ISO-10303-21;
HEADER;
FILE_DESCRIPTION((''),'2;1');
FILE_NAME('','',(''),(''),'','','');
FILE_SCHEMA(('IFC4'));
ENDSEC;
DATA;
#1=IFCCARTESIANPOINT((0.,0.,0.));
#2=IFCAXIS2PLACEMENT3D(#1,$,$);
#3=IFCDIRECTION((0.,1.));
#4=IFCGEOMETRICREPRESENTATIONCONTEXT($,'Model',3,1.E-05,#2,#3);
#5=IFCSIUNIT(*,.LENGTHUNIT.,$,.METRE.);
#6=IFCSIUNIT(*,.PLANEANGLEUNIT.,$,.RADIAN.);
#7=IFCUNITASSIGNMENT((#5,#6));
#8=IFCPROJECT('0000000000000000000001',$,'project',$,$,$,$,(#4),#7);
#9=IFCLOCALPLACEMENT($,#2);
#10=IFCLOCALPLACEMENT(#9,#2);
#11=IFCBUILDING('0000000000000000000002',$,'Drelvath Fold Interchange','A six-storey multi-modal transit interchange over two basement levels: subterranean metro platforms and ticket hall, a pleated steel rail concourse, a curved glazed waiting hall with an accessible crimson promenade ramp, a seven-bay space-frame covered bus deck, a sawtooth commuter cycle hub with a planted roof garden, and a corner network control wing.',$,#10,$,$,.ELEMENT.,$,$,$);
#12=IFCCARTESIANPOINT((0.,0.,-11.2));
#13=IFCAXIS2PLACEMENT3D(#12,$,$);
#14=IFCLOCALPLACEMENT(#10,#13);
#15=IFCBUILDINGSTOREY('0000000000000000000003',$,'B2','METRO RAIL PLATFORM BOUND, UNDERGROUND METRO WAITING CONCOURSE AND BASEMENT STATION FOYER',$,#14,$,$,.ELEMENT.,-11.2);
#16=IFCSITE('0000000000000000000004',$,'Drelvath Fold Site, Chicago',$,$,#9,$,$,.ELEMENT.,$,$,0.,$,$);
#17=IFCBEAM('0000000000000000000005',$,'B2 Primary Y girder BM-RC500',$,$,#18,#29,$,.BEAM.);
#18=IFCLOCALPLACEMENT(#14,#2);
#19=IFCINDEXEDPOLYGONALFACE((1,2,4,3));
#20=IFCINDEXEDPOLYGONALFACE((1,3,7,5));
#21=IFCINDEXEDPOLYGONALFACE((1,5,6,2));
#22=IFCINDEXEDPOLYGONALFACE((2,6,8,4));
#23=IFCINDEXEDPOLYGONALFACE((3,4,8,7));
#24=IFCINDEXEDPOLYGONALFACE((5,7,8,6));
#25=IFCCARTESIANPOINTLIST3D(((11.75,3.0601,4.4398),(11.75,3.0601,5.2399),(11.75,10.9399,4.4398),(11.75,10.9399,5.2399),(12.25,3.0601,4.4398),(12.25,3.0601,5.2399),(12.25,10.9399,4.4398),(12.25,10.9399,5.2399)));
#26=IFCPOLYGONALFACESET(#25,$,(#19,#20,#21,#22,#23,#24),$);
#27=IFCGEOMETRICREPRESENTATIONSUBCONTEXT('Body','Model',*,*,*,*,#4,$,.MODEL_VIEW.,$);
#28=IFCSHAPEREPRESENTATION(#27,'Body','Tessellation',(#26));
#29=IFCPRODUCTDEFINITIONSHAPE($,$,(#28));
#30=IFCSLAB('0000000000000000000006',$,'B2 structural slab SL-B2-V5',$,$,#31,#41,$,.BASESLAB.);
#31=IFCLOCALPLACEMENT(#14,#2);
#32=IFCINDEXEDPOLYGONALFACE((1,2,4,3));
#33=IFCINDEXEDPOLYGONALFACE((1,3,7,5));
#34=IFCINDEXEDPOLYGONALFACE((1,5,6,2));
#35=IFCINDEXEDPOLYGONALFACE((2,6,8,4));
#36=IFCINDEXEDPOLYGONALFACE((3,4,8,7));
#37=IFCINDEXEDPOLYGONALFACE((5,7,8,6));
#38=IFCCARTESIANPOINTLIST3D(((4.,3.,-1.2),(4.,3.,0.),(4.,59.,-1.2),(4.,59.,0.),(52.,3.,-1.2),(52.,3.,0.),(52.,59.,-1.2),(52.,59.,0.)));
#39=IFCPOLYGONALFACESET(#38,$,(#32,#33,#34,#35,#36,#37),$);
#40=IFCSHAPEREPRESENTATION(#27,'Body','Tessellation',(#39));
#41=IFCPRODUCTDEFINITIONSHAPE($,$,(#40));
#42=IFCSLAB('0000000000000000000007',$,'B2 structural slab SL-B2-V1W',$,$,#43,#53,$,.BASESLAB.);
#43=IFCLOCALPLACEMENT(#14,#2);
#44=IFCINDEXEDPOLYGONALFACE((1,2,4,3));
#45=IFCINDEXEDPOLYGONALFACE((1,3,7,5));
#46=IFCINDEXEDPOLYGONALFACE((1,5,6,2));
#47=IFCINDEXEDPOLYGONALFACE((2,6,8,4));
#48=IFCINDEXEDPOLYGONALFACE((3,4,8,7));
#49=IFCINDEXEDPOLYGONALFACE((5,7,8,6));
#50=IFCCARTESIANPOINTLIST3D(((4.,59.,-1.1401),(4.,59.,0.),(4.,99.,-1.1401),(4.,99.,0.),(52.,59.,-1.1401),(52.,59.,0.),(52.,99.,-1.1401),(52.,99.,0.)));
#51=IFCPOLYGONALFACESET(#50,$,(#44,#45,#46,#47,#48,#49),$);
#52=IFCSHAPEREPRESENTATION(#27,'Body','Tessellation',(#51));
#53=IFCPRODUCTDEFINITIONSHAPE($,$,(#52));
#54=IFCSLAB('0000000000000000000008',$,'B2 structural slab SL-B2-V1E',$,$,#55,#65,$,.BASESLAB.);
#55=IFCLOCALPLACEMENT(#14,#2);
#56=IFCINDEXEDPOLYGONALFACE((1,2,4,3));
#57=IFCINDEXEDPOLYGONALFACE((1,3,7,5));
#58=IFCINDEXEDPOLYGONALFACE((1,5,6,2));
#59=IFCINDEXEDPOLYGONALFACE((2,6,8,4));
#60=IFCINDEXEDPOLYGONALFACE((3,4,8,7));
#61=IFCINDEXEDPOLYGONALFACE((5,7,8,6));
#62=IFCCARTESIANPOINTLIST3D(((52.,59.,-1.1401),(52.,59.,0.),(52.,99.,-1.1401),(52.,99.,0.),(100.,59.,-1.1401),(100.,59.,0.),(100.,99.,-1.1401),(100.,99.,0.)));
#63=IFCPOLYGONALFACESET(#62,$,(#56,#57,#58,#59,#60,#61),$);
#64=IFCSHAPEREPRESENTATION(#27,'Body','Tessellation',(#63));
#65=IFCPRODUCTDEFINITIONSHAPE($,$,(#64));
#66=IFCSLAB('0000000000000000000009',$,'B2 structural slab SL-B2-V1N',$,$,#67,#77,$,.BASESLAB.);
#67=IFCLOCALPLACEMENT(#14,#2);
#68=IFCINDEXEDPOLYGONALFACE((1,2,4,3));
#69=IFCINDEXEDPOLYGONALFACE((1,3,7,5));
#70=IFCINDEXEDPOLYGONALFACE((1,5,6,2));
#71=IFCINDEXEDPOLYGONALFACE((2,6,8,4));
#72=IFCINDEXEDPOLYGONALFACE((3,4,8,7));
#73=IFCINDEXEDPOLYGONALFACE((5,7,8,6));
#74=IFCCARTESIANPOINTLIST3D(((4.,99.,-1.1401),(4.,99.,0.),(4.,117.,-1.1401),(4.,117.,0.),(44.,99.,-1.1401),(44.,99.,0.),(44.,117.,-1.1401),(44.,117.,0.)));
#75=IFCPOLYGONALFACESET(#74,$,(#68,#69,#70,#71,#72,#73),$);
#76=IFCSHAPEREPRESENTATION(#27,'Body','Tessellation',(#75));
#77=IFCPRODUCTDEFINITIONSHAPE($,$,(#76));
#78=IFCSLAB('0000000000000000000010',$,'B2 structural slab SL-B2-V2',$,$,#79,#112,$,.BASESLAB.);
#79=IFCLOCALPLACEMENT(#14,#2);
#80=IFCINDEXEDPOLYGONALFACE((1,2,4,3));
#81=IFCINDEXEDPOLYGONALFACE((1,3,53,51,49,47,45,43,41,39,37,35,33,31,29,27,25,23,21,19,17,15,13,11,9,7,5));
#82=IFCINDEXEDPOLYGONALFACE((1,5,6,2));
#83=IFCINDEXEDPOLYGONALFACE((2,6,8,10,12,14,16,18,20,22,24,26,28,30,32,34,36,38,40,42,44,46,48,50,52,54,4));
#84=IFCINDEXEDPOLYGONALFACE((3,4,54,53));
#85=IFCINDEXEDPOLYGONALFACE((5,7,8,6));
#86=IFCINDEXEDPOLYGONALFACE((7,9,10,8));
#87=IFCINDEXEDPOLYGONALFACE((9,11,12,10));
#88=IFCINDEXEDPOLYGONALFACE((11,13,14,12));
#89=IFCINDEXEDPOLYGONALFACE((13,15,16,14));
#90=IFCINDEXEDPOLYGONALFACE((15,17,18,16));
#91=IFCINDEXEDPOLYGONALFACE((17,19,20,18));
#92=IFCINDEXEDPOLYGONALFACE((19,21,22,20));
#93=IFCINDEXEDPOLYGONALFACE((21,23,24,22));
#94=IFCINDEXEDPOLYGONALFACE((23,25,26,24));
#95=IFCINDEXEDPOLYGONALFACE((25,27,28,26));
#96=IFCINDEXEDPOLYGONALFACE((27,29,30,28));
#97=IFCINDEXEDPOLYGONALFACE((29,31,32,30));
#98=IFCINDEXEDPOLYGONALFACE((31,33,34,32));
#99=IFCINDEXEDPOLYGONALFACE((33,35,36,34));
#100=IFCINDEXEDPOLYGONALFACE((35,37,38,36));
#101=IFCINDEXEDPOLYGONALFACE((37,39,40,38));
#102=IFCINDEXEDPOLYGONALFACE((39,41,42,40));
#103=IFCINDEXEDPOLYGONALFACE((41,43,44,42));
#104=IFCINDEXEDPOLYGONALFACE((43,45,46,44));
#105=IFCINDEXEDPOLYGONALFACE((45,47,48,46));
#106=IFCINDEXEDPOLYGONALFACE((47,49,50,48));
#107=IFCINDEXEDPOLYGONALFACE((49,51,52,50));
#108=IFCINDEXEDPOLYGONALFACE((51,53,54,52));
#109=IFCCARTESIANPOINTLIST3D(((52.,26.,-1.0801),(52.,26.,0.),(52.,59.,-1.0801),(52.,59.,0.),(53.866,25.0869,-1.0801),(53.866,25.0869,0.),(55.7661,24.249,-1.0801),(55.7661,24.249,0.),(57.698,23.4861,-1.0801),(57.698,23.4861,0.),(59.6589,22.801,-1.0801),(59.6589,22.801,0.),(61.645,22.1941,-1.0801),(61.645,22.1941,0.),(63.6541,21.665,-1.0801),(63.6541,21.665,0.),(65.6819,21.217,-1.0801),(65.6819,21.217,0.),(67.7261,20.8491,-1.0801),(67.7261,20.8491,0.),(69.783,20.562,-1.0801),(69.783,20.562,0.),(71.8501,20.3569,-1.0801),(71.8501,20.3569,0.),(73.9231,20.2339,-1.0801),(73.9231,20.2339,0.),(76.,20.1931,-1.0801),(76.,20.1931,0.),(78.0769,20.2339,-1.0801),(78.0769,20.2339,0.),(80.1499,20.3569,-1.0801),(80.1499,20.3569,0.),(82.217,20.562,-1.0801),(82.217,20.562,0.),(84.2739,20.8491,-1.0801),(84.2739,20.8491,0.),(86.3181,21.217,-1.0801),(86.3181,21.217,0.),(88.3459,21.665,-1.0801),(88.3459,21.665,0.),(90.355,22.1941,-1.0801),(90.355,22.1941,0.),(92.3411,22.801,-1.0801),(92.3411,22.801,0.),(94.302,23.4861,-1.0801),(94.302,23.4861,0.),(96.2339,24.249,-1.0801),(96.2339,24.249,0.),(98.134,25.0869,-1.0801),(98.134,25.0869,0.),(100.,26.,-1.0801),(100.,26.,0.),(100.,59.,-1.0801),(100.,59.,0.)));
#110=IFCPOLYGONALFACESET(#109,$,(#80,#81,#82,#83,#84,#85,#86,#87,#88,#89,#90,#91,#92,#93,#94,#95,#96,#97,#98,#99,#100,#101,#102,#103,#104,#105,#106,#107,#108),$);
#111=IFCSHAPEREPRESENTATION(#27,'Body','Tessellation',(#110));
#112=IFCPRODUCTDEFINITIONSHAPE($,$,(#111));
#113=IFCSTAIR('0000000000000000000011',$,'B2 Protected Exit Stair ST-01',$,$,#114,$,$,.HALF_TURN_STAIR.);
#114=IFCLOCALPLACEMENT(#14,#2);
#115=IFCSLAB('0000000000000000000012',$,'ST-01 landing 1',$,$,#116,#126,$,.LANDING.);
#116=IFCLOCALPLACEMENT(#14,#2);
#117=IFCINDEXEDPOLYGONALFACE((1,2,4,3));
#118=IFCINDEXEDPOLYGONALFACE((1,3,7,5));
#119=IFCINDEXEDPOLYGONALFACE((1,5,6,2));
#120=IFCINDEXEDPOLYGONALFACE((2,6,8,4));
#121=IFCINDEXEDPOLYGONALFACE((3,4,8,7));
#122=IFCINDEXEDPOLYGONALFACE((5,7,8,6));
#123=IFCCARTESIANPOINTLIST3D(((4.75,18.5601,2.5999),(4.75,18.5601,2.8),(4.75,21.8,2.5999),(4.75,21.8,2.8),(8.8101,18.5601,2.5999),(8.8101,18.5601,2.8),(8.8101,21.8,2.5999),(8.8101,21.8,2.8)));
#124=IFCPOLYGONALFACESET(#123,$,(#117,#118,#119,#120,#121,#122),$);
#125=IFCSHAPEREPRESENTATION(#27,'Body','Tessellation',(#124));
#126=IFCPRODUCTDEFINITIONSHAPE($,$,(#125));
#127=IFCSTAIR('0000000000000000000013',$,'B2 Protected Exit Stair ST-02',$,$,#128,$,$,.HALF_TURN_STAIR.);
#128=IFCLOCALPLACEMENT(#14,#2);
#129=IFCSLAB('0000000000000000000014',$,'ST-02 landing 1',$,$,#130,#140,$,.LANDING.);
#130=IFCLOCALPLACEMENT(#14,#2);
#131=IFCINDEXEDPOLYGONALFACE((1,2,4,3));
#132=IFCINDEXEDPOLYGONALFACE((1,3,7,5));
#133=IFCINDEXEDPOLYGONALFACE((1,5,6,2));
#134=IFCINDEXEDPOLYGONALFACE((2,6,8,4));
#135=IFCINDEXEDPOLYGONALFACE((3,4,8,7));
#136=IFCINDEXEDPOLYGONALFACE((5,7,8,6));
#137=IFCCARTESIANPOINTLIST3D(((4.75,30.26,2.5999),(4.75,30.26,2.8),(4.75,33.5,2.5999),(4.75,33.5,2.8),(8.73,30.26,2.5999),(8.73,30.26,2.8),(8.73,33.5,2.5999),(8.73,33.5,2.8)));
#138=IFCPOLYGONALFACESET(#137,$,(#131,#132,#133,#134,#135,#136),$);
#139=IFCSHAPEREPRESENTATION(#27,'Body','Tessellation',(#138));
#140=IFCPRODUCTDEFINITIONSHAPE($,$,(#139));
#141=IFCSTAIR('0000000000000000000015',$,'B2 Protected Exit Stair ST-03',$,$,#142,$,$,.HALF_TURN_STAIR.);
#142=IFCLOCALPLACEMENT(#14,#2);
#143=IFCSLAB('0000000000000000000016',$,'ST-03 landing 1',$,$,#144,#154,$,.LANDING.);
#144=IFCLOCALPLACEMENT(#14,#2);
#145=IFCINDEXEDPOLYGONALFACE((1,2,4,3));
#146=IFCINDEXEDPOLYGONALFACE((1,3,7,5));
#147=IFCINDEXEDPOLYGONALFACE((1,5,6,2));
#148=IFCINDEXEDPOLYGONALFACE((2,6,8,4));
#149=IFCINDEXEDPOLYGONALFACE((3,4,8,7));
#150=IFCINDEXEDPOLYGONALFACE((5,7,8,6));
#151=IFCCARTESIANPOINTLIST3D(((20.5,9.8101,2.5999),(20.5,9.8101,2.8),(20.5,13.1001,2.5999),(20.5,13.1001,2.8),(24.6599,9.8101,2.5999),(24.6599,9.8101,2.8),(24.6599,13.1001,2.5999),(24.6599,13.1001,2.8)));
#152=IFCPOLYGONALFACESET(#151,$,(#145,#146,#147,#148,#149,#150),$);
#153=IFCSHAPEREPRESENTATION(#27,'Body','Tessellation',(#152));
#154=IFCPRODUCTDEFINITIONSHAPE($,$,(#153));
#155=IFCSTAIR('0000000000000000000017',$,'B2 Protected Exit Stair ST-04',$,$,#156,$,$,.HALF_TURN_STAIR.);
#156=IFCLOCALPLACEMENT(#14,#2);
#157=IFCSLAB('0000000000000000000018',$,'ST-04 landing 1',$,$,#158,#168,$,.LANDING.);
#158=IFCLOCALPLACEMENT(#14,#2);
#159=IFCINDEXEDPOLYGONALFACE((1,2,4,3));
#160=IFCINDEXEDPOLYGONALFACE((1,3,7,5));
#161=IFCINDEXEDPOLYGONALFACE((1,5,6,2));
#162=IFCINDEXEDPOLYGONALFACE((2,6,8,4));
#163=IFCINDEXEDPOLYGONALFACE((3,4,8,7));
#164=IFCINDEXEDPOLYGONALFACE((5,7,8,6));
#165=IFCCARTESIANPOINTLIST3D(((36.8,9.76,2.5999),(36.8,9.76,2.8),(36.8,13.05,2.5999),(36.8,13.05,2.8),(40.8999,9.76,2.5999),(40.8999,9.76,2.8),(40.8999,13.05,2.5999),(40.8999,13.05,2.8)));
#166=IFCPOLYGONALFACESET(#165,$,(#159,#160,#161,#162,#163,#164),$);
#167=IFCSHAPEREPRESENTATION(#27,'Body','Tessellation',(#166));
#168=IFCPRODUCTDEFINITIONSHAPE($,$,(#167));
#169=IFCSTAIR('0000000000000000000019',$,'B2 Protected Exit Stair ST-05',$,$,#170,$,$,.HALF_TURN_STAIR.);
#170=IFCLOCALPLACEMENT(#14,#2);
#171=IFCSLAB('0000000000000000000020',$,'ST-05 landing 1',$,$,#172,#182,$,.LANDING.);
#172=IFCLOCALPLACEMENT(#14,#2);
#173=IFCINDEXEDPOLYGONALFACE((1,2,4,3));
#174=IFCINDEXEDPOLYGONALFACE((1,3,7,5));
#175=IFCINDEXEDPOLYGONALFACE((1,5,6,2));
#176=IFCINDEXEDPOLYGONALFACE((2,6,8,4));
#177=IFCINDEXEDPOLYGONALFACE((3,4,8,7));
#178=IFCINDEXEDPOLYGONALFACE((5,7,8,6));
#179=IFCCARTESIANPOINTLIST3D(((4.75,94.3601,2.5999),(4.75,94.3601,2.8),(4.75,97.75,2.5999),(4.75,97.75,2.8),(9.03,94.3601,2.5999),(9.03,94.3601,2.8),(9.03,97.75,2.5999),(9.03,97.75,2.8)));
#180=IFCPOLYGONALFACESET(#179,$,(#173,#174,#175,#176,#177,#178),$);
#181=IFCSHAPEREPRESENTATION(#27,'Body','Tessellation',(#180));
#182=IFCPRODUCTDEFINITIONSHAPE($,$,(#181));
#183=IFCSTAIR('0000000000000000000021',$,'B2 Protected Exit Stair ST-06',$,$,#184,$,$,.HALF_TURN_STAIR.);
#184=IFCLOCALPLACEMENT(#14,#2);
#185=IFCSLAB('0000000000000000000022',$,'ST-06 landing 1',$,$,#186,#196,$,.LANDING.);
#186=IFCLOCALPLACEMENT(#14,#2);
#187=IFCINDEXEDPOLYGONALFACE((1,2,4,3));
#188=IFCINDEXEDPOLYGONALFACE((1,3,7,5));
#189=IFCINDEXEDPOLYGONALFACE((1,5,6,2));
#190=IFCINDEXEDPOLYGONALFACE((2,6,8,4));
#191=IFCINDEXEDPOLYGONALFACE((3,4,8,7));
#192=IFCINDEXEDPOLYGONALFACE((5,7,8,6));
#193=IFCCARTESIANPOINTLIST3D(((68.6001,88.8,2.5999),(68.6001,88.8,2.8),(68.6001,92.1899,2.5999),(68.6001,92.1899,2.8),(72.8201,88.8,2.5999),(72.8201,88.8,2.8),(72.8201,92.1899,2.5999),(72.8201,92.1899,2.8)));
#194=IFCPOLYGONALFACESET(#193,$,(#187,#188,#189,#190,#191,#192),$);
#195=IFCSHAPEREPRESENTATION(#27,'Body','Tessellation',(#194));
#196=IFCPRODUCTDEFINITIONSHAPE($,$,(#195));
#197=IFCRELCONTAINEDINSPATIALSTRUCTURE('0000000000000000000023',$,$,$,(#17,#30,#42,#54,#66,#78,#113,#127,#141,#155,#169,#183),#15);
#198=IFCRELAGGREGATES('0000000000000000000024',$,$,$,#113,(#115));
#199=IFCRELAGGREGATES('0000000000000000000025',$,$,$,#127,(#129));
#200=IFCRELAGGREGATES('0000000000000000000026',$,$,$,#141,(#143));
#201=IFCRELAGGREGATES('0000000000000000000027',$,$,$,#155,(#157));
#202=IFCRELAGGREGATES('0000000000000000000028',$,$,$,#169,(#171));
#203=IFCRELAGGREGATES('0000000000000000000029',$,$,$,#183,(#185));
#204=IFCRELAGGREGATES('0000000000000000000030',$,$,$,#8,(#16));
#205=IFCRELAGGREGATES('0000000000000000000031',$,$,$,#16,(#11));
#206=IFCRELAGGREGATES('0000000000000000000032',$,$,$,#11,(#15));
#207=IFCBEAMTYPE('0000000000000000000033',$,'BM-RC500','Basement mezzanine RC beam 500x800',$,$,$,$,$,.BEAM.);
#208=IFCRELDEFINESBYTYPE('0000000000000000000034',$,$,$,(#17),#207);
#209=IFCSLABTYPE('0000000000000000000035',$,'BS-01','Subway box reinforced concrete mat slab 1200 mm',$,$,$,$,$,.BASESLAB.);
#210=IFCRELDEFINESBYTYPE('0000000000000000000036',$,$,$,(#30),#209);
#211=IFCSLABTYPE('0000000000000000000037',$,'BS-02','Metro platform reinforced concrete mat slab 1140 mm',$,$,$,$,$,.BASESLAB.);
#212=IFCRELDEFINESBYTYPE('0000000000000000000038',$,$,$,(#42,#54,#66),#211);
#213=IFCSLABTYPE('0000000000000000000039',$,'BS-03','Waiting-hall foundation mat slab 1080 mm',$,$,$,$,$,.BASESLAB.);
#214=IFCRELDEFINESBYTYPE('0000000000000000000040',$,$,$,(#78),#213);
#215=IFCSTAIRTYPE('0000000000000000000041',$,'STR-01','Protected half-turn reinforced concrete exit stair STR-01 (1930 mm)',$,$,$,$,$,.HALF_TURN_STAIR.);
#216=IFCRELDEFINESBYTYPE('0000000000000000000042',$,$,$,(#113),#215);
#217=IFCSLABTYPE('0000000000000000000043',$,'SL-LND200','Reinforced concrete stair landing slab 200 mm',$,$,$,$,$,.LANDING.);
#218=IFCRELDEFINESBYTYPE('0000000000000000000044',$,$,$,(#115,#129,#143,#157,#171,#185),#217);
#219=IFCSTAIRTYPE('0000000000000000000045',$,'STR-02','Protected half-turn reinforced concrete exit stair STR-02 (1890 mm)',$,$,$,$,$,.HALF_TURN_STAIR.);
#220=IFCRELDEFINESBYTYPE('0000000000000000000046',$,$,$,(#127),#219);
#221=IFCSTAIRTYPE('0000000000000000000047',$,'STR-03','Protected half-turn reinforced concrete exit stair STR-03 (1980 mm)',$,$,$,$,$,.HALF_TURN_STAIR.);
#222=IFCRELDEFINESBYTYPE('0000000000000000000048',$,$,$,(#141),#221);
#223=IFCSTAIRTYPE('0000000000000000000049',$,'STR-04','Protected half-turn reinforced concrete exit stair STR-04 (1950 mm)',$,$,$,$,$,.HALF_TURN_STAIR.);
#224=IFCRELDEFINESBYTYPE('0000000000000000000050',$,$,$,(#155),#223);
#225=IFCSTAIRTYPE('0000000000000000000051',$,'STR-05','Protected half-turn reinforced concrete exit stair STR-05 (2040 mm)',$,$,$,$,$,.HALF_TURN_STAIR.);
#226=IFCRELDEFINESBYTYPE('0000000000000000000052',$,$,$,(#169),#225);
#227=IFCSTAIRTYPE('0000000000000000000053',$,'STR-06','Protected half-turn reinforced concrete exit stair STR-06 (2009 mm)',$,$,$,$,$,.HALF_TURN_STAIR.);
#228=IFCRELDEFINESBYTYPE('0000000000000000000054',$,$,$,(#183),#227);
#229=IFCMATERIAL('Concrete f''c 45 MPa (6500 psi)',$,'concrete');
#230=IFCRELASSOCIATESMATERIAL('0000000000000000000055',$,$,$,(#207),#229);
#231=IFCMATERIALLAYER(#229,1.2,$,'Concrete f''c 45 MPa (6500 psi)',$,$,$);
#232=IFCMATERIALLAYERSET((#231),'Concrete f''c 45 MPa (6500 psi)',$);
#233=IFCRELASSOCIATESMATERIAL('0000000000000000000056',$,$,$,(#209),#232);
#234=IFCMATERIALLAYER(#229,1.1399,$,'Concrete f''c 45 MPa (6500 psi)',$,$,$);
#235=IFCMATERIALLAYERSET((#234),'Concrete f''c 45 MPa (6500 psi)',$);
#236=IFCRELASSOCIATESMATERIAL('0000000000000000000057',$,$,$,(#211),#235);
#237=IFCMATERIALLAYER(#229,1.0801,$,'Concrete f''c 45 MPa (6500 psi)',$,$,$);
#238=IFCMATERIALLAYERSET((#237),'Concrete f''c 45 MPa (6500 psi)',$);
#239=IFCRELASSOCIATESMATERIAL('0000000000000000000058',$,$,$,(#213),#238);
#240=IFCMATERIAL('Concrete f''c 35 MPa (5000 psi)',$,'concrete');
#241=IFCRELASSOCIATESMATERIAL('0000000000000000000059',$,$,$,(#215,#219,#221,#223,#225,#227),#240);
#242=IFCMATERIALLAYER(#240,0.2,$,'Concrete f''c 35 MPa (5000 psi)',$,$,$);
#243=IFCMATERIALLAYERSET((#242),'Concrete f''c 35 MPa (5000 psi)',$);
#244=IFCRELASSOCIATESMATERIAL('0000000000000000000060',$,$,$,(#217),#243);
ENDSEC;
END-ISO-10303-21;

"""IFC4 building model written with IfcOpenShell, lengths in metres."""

from ifc_helpers import new_model, si_unit, direction, frame, origin, origin_2d, place, context, subcontext, project, spatial, polyline, rectangle, outline, extrude, material, layer, layer_set, material_profile, profile_set, type_object, element, aggregate, save


model = new_model("IFC4")

# Units and contexts
model_context = context("Model", 3, precision=1e-05, world=origin(), true_north=direction((0.0, 1.0)))
body_context = subcontext(model_context, "Body", "Model", "MODEL_VIEW")
ifc_project = project(units=[si_unit("LENGTHUNIT", "METRE"), si_unit("PLANEANGLEUNIT", "RADIAN")], contexts=[model_context])

# Site, building, storey
site_placement = place(None, origin())
site = spatial("IfcSite", under=ifc_project, at=site_placement, Name="Drelvath Fold Site, Chicago", CompositionType="ELEMENT", RefElevation=0.0)
building_placement = place(site_placement, origin())
building = spatial("IfcBuilding", under=site, at=building_placement, Name="Drelvath Fold Interchange", Description="A six-storey multi-modal transit interchange over two basement levels: subterranean metro platforms and ticket hall, a pleated steel rail concourse, a curved glazed waiting hall with an accessible crimson promenade ramp, a seven-bay space-frame covered bus deck, a sawtooth commuter cycle hub with a planted roof garden, and a corner network control wing.", CompositionType="ELEMENT")
storey_placement = place(building_placement, frame((0.0, 0.0, -11.2)))
storey = spatial("IfcBuildingStorey", under=building, at=storey_placement, Name="B2", Description="METRO RAIL PLATFORM BOUND, UNDERGROUND METRO WAITING CONCOURSE AND BASEMENT STATION FOYER", CompositionType="ELEMENT", Elevation=-11.2)

# Beam
ifc_material_1 = material(Name="Concrete f'c 45 MPa (6500 psi)", Category="concrete")
ifc_material_profile_1 = material_profile(ifc_material_1, rectangle(XDim=0.5, YDim=0.8, at=origin_2d()), Name="RC 500x800")
ifc_profile_set_1 = profile_set([ifc_material_profile_1], Name="Concrete f'c 45 MPa (6500 psi)")
beam_type_1 = type_object("IfcBeamType", Name="BM-RC500", Description="Basement mezzanine RC beam 500x800", PredefinedType="BEAM", material=ifc_profile_set_1)
beam_1_placement = place(storey_placement, frame((12.0, 3.0601, 4.8398), z_axis=(0.0, 1.0, 0.0), x_axis=(-1.0, 0.0, 0.0)))
element("IfcBeam", 1, at=beam_1_placement, inside=storey, type_object=beam_type_1, Name="B2 Primary Y girder BM-RC500", PredefinedType="BEAM", context=body_context, shape_type="SweptSolid", body=[
    extrude(rectangle(XDim=0.5, YDim=0.8, at=origin_2d()), origin(), (0.0, 0.0, 1.0), 7.8799),
])

# Slabs
ifc_layer_1 = layer(ifc_material_1, 1.2, Name="Concrete f'c 45 MPa (6500 psi)")
ifc_layer_set_1 = layer_set([ifc_layer_1], Name="Concrete f'c 45 MPa (6500 psi)")
slab_type_1 = type_object("IfcSlabType", Name="BS-01", Description="Subway box reinforced concrete mat slab 1200 mm", PredefinedType="BASESLAB", material=ifc_layer_set_1)
slab_1_placement = place(storey_placement, frame((0.0, 0.0, -1.2)))
element("IfcSlab", 2, at=slab_1_placement, inside=storey, type_object=slab_type_1, Name="B2 structural slab SL-B2-V5", PredefinedType="BASESLAB", context=body_context, shape_type="SweptSolid", body=[
    extrude(outline(polyline([(4.0, 3.0), (52.0, 3.0), (52.0, 59.0), (4.0, 59.0), (4.0, 3.0)])), origin(), (0.0, 0.0, 1.0), 1.2),
])
ifc_layer_2 = layer(ifc_material_1, 1.1399, Name="Concrete f'c 45 MPa (6500 psi)")
ifc_layer_set_2 = layer_set([ifc_layer_2], Name="Concrete f'c 45 MPa (6500 psi)")
slab_type_2 = type_object("IfcSlabType", Name="BS-02", Description="Metro platform reinforced concrete mat slab 1140 mm", PredefinedType="BASESLAB", material=ifc_layer_set_2)
slab_2_placement = place(storey_placement, frame((0.0, 0.0, -1.1401)))
element("IfcSlab", 3, at=slab_2_placement, inside=storey, type_object=slab_type_2, Name="B2 structural slab SL-B2-V1W", PredefinedType="BASESLAB", context=body_context, shape_type="SweptSolid", body=[
    extrude(outline(polyline([(4.0, 59.0), (52.0, 59.0), (52.0, 99.0), (4.0, 99.0), (4.0, 59.0)])), origin(), (0.0, 0.0, 1.0), 1.1401),
])
slab_3_placement = place(storey_placement, frame((0.0, 0.0, -1.1401)))
element("IfcSlab", 4, at=slab_3_placement, inside=storey, type_object=slab_type_2, Name="B2 structural slab SL-B2-V1E", PredefinedType="BASESLAB", context=body_context, shape_type="SweptSolid", body=[
    extrude(outline(polyline([(52.0, 59.0), (100.0, 59.0), (100.0, 99.0), (52.0, 99.0), (52.0, 59.0)])), origin(), (0.0, 0.0, 1.0), 1.1401),
])
slab_4_placement = place(storey_placement, frame((0.0, 0.0, -1.1401)))
element("IfcSlab", 5, at=slab_4_placement, inside=storey, type_object=slab_type_2, Name="B2 structural slab SL-B2-V1N", PredefinedType="BASESLAB", context=body_context, shape_type="SweptSolid", body=[
    extrude(outline(polyline([(4.0, 99.0), (44.0, 99.0), (44.0, 117.0), (4.0, 117.0), (4.0, 99.0)])), origin(), (0.0, 0.0, 1.0), 1.1401),
])
ifc_layer_3 = layer(ifc_material_1, 1.0801, Name="Concrete f'c 45 MPa (6500 psi)")
ifc_layer_set_3 = layer_set([ifc_layer_3], Name="Concrete f'c 45 MPa (6500 psi)")
slab_type_3 = type_object("IfcSlabType", Name="BS-03", Description="Waiting-hall foundation mat slab 1080 mm", PredefinedType="BASESLAB", material=ifc_layer_set_3)
slab_5_placement = place(storey_placement, frame((0.0, 0.0, -1.0801)))
element("IfcSlab", 6, at=slab_5_placement, inside=storey, type_object=slab_type_3, Name="B2 structural slab SL-B2-V2", PredefinedType="BASESLAB", context=body_context, shape_type="SweptSolid", body=[
    extrude(outline(polyline([(52.0, 26.0), (53.866, 25.0869), (55.7661, 24.249), (57.698, 23.4861), (59.6589, 22.801), (61.645, 22.1941), (63.6541, 21.665), (65.6819, 21.217), (67.7261, 20.8491), (69.783, 20.562), (71.8501, 20.3569), (73.9231, 20.2339), (76.0, 20.1931), (78.0769, 20.2339), (80.1499, 20.3569), (82.217, 20.562), (84.2739, 20.8491), (86.3181, 21.217), (88.3459, 21.665), (90.355, 22.1941), (92.3411, 22.801), (94.302, 23.4861), (96.2339, 24.249), (98.134, 25.0869), (100.0, 26.0), (100.0, 59.0), (52.0, 59.0), (52.0, 26.0)])), origin(), (0.0, 0.0, 1.0), 1.0801),
])

# Stairs, slabs
ifc_material_2 = material(Name="Concrete f'c 35 MPa (5000 psi)", Category="concrete")
stair_type_1 = type_object("IfcStairType", Name="STR-01", Description="Protected half-turn reinforced concrete exit stair STR-01 (1930 mm)", PredefinedType="HALF_TURN_STAIR", material=ifc_material_2)
stair_1_placement = place(storey_placement, origin())
stair_1 = element("IfcStair", 7, at=stair_1_placement, inside=storey, type_object=stair_type_1, Name="B2 Protected Exit Stair ST-01", PredefinedType="HALF_TURN_STAIR")
ifc_layer_4 = layer(ifc_material_2, 0.2, Name="Concrete f'c 35 MPa (5000 psi)")
ifc_layer_set_4 = layer_set([ifc_layer_4], Name="Concrete f'c 35 MPa (5000 psi)")
slab_type_4 = type_object("IfcSlabType", Name="SL-LND200", Description="Reinforced concrete stair landing slab 200 mm", PredefinedType="LANDING", material=ifc_layer_set_4)
slab_6_placement = place(storey_placement, frame((0.0, 0.0, 2.5999)))
slab_6 = element("IfcSlab", 8, at=slab_6_placement, type_object=slab_type_4, Name="ST-01 landing 1", PredefinedType="LANDING", context=body_context, shape_type="SweptSolid", body=[
    extrude(outline(polyline([(8.8101, 18.5601), (8.8101, 21.8), (4.75, 21.8), (4.75, 18.5601), (8.8101, 18.5601)])), origin(), (0.0, 0.0, 1.0), 0.2002),
])
aggregate(stair_1, [slab_6])
stair_type_2 = type_object("IfcStairType", Name="STR-02", Description="Protected half-turn reinforced concrete exit stair STR-02 (1890 mm)", PredefinedType="HALF_TURN_STAIR", material=ifc_material_2)
stair_2_placement = place(storey_placement, origin())
stair_2 = element("IfcStair", 9, at=stair_2_placement, inside=storey, type_object=stair_type_2, Name="B2 Protected Exit Stair ST-02", PredefinedType="HALF_TURN_STAIR")
slab_7_placement = place(storey_placement, frame((0.0, 0.0, 2.5999)))
slab_7 = element("IfcSlab", 10, at=slab_7_placement, type_object=slab_type_4, Name="ST-02 landing 1", PredefinedType="LANDING", context=body_context, shape_type="SweptSolid", body=[
    extrude(outline(polyline([(8.73, 30.26), (8.73, 33.5), (4.75, 33.5), (4.75, 30.26), (8.73, 30.26)])), origin(), (0.0, 0.0, 1.0), 0.2002),
])
aggregate(stair_2, [slab_7])
stair_type_3 = type_object("IfcStairType", Name="STR-03", Description="Protected half-turn reinforced concrete exit stair STR-03 (1980 mm)", PredefinedType="HALF_TURN_STAIR", material=ifc_material_2)
stair_3_placement = place(storey_placement, origin())
stair_3 = element("IfcStair", 11, at=stair_3_placement, inside=storey, type_object=stair_type_3, Name="B2 Protected Exit Stair ST-03", PredefinedType="HALF_TURN_STAIR")
slab_8_placement = place(storey_placement, frame((0.0, 0.0, 2.5999)))
slab_8 = element("IfcSlab", 12, at=slab_8_placement, type_object=slab_type_4, Name="ST-03 landing 1", PredefinedType="LANDING", context=body_context, shape_type="SweptSolid", body=[
    extrude(outline(polyline([(24.6599, 9.8101), (24.6599, 13.1001), (20.5, 13.1001), (20.5, 9.8101), (24.6599, 9.8101)])), origin(), (0.0, 0.0, 1.0), 0.2002),
])
aggregate(stair_3, [slab_8])
stair_type_4 = type_object("IfcStairType", Name="STR-04", Description="Protected half-turn reinforced concrete exit stair STR-04 (1950 mm)", PredefinedType="HALF_TURN_STAIR", material=ifc_material_2)
stair_4_placement = place(storey_placement, origin())
stair_4 = element("IfcStair", 13, at=stair_4_placement, inside=storey, type_object=stair_type_4, Name="B2 Protected Exit Stair ST-04", PredefinedType="HALF_TURN_STAIR")
slab_9_placement = place(storey_placement, frame((0.0, 0.0, 2.5999)))
slab_9 = element("IfcSlab", 14, at=slab_9_placement, type_object=slab_type_4, Name="ST-04 landing 1", PredefinedType="LANDING", context=body_context, shape_type="SweptSolid", body=[
    extrude(outline(polyline([(40.8999, 9.76), (40.8999, 13.05), (36.8, 13.05), (36.8, 9.76), (40.8999, 9.76)])), origin(), (0.0, 0.0, 1.0), 0.2002),
])
aggregate(stair_4, [slab_9])
stair_type_5 = type_object("IfcStairType", Name="STR-05", Description="Protected half-turn reinforced concrete exit stair STR-05 (2040 mm)", PredefinedType="HALF_TURN_STAIR", material=ifc_material_2)
stair_5_placement = place(storey_placement, origin())
stair_5 = element("IfcStair", 15, at=stair_5_placement, inside=storey, type_object=stair_type_5, Name="B2 Protected Exit Stair ST-05", PredefinedType="HALF_TURN_STAIR")
slab_10_placement = place(storey_placement, frame((0.0, 0.0, 2.5999)))
slab_10 = element("IfcSlab", 16, at=slab_10_placement, type_object=slab_type_4, Name="ST-05 landing 1", PredefinedType="LANDING", context=body_context, shape_type="SweptSolid", body=[
    extrude(outline(polyline([(9.03, 94.3601), (9.03, 97.75), (4.75, 97.75), (4.75, 94.3601), (9.03, 94.3601)])), origin(), (0.0, 0.0, 1.0), 0.2002),
])
aggregate(stair_5, [slab_10])
stair_type_6 = type_object("IfcStairType", Name="STR-06", Description="Protected half-turn reinforced concrete exit stair STR-06 (2009 mm)", PredefinedType="HALF_TURN_STAIR", material=ifc_material_2)
stair_6_placement = place(storey_placement, origin())
stair_6 = element("IfcStair", 17, at=stair_6_placement, inside=storey, type_object=stair_type_6, Name="B2 Protected Exit Stair ST-06", PredefinedType="HALF_TURN_STAIR")
slab_11_placement = place(storey_placement, frame((0.0, 0.0, 2.5999)))
slab_11 = element("IfcSlab", 18, at=slab_11_placement, type_object=slab_type_4, Name="ST-06 landing 1", PredefinedType="LANDING", context=body_context, shape_type="SweptSolid", body=[
    extrude(outline(polyline([(68.6001, 92.1899), (68.6001, 88.8), (72.8201, 88.8), (72.8201, 92.1899), (68.6001, 92.1899)])), origin(), (0.0, 0.0, 1.0), 0.2002),
])
aggregate(stair_6, [slab_11])

save(model, "model.ifc")
